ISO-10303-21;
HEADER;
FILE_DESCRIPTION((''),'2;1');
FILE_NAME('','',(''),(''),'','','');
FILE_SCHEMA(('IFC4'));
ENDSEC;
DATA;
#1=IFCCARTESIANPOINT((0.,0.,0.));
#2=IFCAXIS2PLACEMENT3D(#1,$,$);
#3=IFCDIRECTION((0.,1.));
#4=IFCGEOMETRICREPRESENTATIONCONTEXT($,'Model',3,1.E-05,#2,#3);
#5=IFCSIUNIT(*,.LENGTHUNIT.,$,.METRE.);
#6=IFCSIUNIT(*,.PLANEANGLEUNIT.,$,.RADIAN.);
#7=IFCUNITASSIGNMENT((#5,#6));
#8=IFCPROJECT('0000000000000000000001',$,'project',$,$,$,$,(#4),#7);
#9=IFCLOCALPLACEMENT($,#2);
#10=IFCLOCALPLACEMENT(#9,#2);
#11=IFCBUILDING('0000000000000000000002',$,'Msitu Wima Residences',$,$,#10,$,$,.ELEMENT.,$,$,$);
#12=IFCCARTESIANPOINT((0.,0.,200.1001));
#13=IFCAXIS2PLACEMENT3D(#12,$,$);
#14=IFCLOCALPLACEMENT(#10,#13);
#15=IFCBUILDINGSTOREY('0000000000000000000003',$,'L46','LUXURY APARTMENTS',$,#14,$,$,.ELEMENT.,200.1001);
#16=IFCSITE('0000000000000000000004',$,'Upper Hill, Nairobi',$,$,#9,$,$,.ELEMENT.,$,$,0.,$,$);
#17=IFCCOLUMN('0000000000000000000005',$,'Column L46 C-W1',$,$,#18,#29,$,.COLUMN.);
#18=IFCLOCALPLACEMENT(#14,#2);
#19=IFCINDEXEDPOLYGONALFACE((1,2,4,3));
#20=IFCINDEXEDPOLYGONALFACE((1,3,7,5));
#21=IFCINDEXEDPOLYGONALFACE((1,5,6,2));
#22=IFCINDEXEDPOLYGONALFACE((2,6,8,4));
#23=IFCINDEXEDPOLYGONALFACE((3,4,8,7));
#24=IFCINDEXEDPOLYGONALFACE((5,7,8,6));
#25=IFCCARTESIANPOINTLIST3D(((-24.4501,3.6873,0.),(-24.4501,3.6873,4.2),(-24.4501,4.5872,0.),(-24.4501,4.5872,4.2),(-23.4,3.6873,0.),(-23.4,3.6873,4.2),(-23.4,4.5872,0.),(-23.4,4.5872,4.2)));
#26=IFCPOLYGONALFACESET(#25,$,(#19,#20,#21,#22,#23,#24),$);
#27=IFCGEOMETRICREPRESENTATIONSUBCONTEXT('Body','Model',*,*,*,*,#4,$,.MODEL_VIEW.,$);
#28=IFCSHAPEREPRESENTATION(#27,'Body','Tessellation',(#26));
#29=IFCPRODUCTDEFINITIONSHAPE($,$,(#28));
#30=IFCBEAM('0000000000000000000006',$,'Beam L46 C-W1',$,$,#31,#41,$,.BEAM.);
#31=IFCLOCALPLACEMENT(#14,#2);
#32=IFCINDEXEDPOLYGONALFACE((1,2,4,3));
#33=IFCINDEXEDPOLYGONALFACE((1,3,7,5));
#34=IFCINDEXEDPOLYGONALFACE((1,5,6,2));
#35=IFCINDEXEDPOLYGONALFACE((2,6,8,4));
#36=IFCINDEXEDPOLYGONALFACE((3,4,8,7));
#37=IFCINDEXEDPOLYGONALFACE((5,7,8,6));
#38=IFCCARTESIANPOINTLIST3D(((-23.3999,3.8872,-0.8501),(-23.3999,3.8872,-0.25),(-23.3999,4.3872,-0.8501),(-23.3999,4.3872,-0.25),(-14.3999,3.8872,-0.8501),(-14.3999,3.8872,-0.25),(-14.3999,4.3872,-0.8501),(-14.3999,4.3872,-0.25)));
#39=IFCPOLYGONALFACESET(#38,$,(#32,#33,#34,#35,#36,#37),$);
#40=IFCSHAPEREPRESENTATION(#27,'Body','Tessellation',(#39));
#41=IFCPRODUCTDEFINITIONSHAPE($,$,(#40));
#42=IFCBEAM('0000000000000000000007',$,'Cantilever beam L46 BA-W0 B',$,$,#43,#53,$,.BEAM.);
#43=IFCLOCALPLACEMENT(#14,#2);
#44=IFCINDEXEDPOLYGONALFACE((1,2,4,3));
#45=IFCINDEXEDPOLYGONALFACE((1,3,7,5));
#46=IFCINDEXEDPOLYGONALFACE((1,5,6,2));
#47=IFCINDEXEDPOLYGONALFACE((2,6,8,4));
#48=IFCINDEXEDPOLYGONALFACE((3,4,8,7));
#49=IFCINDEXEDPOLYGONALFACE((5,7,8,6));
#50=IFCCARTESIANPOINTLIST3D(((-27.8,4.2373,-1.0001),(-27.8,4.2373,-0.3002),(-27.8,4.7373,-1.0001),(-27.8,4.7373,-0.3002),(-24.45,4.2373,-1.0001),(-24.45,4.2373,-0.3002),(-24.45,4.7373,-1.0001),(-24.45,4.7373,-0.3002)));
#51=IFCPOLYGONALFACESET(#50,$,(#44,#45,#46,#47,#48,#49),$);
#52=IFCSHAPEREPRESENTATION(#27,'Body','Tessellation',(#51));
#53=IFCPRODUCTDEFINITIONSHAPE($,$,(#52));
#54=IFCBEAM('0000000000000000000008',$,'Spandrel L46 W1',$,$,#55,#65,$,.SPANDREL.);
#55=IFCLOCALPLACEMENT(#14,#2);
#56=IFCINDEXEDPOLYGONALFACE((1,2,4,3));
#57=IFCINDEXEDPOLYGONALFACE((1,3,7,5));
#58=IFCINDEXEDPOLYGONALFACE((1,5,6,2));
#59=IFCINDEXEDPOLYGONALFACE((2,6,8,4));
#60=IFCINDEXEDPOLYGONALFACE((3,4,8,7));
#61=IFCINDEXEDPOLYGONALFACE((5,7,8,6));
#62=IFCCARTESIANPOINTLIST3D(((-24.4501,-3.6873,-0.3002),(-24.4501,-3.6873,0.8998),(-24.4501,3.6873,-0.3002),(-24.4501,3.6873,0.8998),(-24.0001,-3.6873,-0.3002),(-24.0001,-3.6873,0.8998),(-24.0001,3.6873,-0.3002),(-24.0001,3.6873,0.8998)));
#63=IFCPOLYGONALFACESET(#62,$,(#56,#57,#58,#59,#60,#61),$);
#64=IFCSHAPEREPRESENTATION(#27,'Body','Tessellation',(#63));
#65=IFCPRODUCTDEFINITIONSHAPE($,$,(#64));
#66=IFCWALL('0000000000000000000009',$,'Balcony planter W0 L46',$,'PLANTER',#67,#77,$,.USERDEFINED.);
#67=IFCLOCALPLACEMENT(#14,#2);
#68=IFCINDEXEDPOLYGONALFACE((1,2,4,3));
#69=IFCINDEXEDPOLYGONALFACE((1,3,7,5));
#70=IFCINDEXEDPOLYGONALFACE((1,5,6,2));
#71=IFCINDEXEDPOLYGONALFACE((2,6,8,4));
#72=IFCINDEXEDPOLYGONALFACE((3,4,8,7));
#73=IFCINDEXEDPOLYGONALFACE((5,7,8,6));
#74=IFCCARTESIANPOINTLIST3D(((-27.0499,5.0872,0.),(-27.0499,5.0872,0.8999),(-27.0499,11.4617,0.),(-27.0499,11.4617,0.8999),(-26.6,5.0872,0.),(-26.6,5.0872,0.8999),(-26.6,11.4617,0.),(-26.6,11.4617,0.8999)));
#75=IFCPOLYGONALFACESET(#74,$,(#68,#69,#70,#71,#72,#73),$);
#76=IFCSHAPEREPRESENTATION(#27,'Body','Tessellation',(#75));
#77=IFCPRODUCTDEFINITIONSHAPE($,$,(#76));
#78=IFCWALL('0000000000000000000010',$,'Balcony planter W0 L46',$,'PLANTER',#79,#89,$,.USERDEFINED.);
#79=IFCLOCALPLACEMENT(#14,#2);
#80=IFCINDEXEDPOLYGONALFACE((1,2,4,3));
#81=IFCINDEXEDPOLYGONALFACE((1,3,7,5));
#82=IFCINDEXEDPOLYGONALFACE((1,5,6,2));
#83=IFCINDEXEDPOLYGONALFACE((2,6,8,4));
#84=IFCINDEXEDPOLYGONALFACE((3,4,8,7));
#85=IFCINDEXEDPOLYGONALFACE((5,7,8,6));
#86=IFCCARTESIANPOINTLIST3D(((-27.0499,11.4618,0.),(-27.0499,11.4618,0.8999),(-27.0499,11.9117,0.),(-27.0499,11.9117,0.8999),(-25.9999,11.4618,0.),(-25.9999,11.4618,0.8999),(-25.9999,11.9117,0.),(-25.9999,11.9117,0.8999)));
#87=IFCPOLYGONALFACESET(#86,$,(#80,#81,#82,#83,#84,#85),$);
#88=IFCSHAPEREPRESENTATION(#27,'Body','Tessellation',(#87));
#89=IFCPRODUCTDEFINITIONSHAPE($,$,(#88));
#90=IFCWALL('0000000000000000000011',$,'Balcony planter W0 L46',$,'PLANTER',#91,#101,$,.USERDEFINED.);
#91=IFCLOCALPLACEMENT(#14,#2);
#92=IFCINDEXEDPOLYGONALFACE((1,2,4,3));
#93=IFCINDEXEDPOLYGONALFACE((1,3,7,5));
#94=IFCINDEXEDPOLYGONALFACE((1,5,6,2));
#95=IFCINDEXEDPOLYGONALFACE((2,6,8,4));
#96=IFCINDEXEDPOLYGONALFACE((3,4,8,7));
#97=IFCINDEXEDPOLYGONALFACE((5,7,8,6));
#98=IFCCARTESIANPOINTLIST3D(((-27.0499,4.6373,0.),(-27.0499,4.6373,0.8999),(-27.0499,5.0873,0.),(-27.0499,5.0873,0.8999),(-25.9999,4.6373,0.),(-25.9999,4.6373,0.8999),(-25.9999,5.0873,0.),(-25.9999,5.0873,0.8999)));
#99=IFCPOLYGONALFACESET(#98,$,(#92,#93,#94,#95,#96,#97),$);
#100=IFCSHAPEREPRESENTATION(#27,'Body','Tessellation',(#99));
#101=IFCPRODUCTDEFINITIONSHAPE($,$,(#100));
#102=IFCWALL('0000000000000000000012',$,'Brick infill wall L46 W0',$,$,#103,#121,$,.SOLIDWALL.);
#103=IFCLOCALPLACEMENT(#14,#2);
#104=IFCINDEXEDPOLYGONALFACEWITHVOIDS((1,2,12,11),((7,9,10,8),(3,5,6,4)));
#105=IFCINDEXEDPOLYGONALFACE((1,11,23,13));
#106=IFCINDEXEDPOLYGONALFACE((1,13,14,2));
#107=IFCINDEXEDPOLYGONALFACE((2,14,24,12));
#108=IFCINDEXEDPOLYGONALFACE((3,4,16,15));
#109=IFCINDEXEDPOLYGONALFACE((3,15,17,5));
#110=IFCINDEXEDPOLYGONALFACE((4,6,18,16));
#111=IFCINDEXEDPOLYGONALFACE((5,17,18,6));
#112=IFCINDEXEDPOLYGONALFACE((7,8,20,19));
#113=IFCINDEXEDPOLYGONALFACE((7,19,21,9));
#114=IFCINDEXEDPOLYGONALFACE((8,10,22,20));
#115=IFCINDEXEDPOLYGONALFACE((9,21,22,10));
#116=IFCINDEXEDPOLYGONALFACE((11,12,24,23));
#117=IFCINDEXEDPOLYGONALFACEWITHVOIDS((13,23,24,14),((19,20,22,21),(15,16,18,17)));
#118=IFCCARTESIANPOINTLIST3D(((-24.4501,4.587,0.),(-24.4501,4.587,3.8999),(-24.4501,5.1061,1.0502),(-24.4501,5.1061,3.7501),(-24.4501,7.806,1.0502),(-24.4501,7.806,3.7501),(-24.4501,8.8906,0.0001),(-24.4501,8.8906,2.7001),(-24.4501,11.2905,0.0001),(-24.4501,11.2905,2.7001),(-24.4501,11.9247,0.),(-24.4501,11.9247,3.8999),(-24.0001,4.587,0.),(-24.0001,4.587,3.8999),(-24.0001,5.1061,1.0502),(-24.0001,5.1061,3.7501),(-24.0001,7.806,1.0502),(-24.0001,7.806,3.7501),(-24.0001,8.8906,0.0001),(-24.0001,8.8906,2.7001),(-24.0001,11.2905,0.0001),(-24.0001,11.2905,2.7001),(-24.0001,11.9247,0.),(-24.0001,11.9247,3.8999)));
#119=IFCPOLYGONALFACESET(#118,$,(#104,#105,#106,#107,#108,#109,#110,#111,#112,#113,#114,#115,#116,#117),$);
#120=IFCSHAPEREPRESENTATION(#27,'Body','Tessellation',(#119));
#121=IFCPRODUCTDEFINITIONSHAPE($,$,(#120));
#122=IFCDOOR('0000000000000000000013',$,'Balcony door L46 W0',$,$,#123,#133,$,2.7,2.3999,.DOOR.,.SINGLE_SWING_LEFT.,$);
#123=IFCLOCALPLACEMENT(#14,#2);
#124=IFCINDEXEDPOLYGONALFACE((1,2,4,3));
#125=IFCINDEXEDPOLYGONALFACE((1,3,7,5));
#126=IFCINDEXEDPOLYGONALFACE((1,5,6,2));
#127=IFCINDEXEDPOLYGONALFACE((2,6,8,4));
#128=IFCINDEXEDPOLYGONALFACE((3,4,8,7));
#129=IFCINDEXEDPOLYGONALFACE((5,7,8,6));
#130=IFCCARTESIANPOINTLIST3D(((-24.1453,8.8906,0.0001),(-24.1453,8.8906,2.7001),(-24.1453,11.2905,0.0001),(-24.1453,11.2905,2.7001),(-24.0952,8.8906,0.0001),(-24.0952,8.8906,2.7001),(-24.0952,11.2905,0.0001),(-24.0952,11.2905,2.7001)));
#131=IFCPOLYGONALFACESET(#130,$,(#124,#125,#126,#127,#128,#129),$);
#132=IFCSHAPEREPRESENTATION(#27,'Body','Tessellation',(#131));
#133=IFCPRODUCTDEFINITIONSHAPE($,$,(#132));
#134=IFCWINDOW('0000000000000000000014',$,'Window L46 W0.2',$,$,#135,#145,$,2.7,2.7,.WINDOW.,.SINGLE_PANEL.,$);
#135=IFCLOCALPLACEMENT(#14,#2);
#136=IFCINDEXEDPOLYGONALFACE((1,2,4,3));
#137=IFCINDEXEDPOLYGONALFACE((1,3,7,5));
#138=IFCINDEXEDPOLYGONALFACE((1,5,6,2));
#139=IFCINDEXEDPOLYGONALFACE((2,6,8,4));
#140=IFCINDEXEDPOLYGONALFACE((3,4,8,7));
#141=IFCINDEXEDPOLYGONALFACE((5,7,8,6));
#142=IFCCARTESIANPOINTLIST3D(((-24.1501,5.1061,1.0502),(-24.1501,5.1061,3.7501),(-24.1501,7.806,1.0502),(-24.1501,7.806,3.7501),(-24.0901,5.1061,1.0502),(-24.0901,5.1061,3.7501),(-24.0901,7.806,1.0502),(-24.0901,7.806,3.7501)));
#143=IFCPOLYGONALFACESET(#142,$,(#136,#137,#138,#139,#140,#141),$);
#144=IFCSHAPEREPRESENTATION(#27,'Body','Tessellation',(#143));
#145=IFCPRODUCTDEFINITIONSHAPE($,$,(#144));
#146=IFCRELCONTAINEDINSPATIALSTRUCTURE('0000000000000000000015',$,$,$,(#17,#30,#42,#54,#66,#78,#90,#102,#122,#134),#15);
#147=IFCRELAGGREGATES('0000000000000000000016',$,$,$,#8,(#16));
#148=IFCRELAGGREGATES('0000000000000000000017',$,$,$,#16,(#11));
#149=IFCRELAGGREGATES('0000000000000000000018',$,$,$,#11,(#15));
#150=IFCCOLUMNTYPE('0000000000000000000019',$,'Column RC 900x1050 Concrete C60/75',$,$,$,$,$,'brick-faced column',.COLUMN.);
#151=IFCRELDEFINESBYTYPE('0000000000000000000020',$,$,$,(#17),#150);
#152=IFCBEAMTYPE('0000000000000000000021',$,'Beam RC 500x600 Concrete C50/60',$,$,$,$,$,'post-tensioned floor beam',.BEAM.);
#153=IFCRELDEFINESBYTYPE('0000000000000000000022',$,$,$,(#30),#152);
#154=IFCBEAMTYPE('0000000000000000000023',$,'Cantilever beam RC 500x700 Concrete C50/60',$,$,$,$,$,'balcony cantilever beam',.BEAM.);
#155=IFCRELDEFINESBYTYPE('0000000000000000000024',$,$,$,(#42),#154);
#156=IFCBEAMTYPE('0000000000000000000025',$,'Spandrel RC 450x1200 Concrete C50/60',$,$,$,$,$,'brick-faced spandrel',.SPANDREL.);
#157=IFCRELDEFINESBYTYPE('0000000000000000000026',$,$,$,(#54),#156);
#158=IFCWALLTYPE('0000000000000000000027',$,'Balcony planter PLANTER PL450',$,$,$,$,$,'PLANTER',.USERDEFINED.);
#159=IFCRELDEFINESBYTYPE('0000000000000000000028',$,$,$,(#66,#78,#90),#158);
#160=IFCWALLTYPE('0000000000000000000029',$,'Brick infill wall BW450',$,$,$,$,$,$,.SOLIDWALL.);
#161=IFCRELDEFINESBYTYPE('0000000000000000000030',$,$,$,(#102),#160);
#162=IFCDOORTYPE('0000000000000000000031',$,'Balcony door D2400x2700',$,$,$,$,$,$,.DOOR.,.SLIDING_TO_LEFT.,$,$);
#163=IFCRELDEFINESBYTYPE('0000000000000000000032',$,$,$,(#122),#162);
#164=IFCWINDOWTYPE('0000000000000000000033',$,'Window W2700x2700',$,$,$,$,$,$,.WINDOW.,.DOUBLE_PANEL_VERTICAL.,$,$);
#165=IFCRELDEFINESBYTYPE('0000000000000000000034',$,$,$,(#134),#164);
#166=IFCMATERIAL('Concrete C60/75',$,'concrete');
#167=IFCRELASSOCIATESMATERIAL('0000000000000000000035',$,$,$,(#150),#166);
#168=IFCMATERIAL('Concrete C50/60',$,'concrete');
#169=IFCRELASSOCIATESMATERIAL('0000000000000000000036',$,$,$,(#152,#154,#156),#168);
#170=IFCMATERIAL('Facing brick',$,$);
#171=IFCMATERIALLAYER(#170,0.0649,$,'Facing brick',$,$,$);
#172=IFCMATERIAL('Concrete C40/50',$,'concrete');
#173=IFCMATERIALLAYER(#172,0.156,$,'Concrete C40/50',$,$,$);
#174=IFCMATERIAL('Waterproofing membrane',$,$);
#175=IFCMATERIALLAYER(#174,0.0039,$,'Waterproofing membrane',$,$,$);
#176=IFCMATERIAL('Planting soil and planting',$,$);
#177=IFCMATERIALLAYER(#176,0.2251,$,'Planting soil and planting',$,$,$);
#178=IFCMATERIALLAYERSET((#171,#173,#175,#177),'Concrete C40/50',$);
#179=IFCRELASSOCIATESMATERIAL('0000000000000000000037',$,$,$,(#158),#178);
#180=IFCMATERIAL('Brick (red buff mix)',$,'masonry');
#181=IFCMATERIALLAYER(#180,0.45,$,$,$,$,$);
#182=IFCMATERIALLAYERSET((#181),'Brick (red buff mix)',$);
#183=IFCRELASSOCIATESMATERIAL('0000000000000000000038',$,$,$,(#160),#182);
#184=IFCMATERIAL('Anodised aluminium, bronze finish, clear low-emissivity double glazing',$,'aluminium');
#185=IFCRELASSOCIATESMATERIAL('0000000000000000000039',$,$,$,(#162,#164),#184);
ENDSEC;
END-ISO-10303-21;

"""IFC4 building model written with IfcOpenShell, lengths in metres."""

from ifc_helpers import new_model, si_unit, direction, frame, frame_2d, origin, origin_2d, place, context, subcontext, project, spatial, rectangle, extrude, material, layer, layer_set, material_profile, profile_set, type_object, element, fill, save


model = new_model("IFC4")

# Units and contexts
model_context = context("Model", 3, precision=1e-05, world=origin(), true_north=direction((0.0, 1.0)))
body_context = subcontext(model_context, "Body", "Model", "MODEL_VIEW")
ifc_project = project(units=[si_unit("LENGTHUNIT", "METRE"), si_unit("PLANEANGLEUNIT", "RADIAN")], contexts=[model_context])

# Site, building, storey
site_placement = place(None, origin())
site = spatial("IfcSite", under=ifc_project, at=site_placement, Name="Upper Hill, Nairobi", CompositionType="ELEMENT", RefElevation=0.0)
building_placement = place(site_placement, origin())
building = spatial("IfcBuilding", under=site, at=building_placement, Name="Msitu Wima Residences", CompositionType="ELEMENT")
storey_placement = place(building_placement, frame((0.0, 0.0, 200.1001)))
storey = spatial("IfcBuildingStorey", under=building, at=storey_placement, Name="L46", Description="LUXURY APARTMENTS", CompositionType="ELEMENT", Elevation=200.1001)

# Column
ifc_material_1 = material(Name="Concrete C60/75", Category="concrete")
ifc_material_profile_1 = material_profile(ifc_material_1, rectangle(XDim=0.8999, YDim=1.05, at=origin_2d()), Name="RC 900x1050")
ifc_profile_set_1 = profile_set([ifc_material_profile_1], Name="Concrete C60/75")
column_type = type_object("IfcColumnType", Name="Column RC 900x1050 Concrete C60/75", ElementType="brick-faced column", PredefinedType="COLUMN", material=ifc_profile_set_1)
column_placement = place(storey_placement, frame((-23.925, 4.1372, 0.0), z_axis=(0.0, 0.0, 1.0), x_axis=(0.0, -1.0, 0.0)))
element("IfcColumn", 1, at=column_placement, inside=storey, type_object=column_type, Name="Column L46 C-W1", PredefinedType="COLUMN", context=body_context, shape_type="SweptSolid", body=[
    extrude(rectangle(XDim=0.8999, YDim=1.05, at=origin_2d()), origin(), (0.0, 0.0, 1.0), 4.2),
])

# Beams
ifc_material_2 = material(Name="Concrete C50/60", Category="concrete")
ifc_material_profile_2 = material_profile(ifc_material_2, rectangle(XDim=0.5, YDim=0.6001, at=origin_2d()), Name="RC 500x600")
ifc_profile_set_2 = profile_set([ifc_material_profile_2], Name="Concrete C50/60")
beam_type_1 = type_object("IfcBeamType", Name="Beam RC 500x600 Concrete C50/60", ElementType="post-tensioned floor beam", PredefinedType="BEAM", material=ifc_profile_set_2)
beam_1_placement = place(storey_placement, frame((-23.3999, 4.1372, -0.55), z_axis=(1.0, 0.0, 0.0), x_axis=(0.0, 1.0, 0.0)))
element("IfcBeam", 2, at=beam_1_placement, inside=storey, type_object=beam_type_1, Name="Beam L46 C-W1", PredefinedType="BEAM", context=body_context, shape_type="SweptSolid", body=[
    extrude(rectangle(XDim=0.5, YDim=0.6001, at=origin_2d()), origin(), (0.0, 0.0, 1.0), 9.0),
])
ifc_material_profile_3 = material_profile(ifc_material_2, rectangle(XDim=0.5, YDim=0.7, at=origin_2d()), Name="RC 500x700")
ifc_profile_set_3 = profile_set([ifc_material_profile_3], Name="Concrete C50/60")
beam_type_2 = type_object("IfcBeamType", Name="Cantilever beam RC 500x700 Concrete C50/60", ElementType="balcony cantilever beam", PredefinedType="BEAM", material=ifc_profile_set_3)
beam_2_placement = place(storey_placement, frame((-24.45, 4.4873, -0.6501), z_axis=(-1.0, 0.0, 0.0), x_axis=(0.0, -1.0, 0.0)))
element("IfcBeam", 3, at=beam_2_placement, inside=storey, type_object=beam_type_2, Name="Cantilever beam L46 BA-W0 B", PredefinedType="BEAM", context=body_context, shape_type="SweptSolid", body=[
    extrude(rectangle(XDim=0.5, YDim=0.7, at=origin_2d()), origin(), (0.0, 0.0, 1.0), 3.3501),
])
ifc_material_profile_4 = material_profile(ifc_material_2, rectangle(XDim=0.45, YDim=1.2, at=origin_2d()), Name="RC 450x1200")
ifc_profile_set_4 = profile_set([ifc_material_profile_4], Name="Concrete C50/60")
beam_type_3 = type_object("IfcBeamType", Name="Spandrel RC 450x1200 Concrete C50/60", ElementType="brick-faced spandrel", PredefinedType="SPANDREL", material=ifc_profile_set_4)
beam_3_placement = place(storey_placement, frame((-24.2251, 3.6873, 0.2998), z_axis=(0.0, -1.0, 0.0), x_axis=(1.0, 0.0, 0.0)))
element("IfcBeam", 4, at=beam_3_placement, inside=storey, type_object=beam_type_3, Name="Spandrel L46 W1", PredefinedType="SPANDREL", context=body_context, shape_type="SweptSolid", body=[
    extrude(rectangle(XDim=0.45, YDim=1.2, at=origin_2d()), origin(), (0.0, 0.0, 1.0), 7.3745),
])

# Walls
ifc_material_3 = material(Name="Facing brick")
ifc_layer_1 = layer(ifc_material_3, 0.0649, Name="Facing brick")
ifc_material_4 = material(Name="Concrete C40/50", Category="concrete")
ifc_layer_2 = layer(ifc_material_4, 0.156, Name="Concrete C40/50")
ifc_material_5 = material(Name="Waterproofing membrane")
ifc_layer_3 = layer(ifc_material_5, 0.0039, Name="Waterproofing membrane")
ifc_material_6 = material(Name="Planting soil and planting")
ifc_layer_4 = layer(ifc_material_6, 0.2251, Name="Planting soil and planting")
ifc_layer_set_1 = layer_set([ifc_layer_1, ifc_layer_2, ifc_layer_3, ifc_layer_4], Name="Concrete C40/50")
wall_type_1 = type_object("IfcWallType", Name="Balcony planter PLANTER PL450", ElementType="PLANTER", PredefinedType="USERDEFINED", material=ifc_layer_set_1)
wall_1_placement = place(storey_placement, frame((-26.825, 11.4617, 0.0), z_axis=(0.0, 0.0, 1.0), x_axis=(0.0, -1.0, 0.0)))
element("IfcWall", 5, at=wall_1_placement, inside=storey, type_object=wall_type_1, Name="Balcony planter W0 L46", ObjectType="PLANTER", PredefinedType="USERDEFINED", context=body_context, shape_type="SweptSolid", body=[
    extrude(rectangle(XDim=6.3745, YDim=0.45, at=frame_2d((3.1873, 0.0))), origin(), (0.0, 0.0, 1.0), 0.8999),
])
for number, where, z_axis, x_axis, name in (
    (6, (-26.0, 11.6868, 0.0), (0.0, 0.0, 1.0), (-1.0, 0.0, 0.0), "Balcony planter W0 L46"),
    (7, (-26.0, 4.8623, 0.0), (0.0, 0.0, 1.0), (-1.0, 0.0, 0.0), "Balcony planter W0 L46"),
):
    element("IfcWall", number, at=place(storey_placement, frame(where, z_axis=z_axis, x_axis=x_axis)), inside=storey, type_object=wall_type_1, Name=name, ObjectType="PLANTER", PredefinedType="USERDEFINED", context=body_context, shape_type="SweptSolid", body=[
        extrude(rectangle(XDim=1.05, YDim=0.45, at=frame_2d((0.5249, 0.0))), origin(), (0.0, 0.0, 1.0), 0.8999),
    ])

# Wall, openings, door, window
ifc_material_7 = material(Name="Brick (red buff mix)", Category="masonry")
ifc_layer_5 = layer(ifc_material_7, 0.45)
ifc_layer_set_2 = layer_set([ifc_layer_5], Name="Brick (red buff mix)")
wall_type_2 = type_object("IfcWallType", Name="Brick infill wall BW450", PredefinedType="SOLIDWALL", material=ifc_layer_set_2)
wall_2_placement = place(storey_placement, frame((-24.2251, 11.9248, 0.0), z_axis=(0.0, 0.0, 1.0), x_axis=(0.0, -1.0, 0.0)))
wall_2 = element("IfcWall", 8, at=wall_2_placement, inside=storey, type_object=wall_type_2, Name="Brick infill wall L46 W0", PredefinedType="SOLIDWALL", context=body_context, shape_type="SweptSolid", body=[
    extrude(rectangle(XDim=7.3376, YDim=0.45, at=frame_2d((3.6689, 0.0))), origin(), (0.0, 0.0, 1.0), 3.8999),
])
opening_1_placement = place(wall_2_placement, frame((0.6343, 0.0, 0.0)))
opening_1 = element("IfcOpeningElement", 9, at=opening_1_placement, cuts=wall_2, PredefinedType="OPENING", context=body_context, shape_type="SweptSolid", body=[
    extrude(rectangle(XDim=2.3999, YDim=2.7, at=frame_2d((1.2, 1.3501))), frame((0.0, 0.2349, 0.0), z_axis=(0.0, -1.0, 0.0), x_axis=(1.0, 0.0, 0.0)), (0.0, 0.0, 1.0), 0.47),
])
opening_2_placement = place(wall_2_placement, frame((4.1187, 0.0, 1.05)))
opening_2 = element("IfcOpeningElement", 10, at=opening_2_placement, cuts=wall_2, PredefinedType="OPENING", context=body_context, shape_type="SweptSolid", body=[
    extrude(rectangle(XDim=2.7, YDim=2.7, at=frame_2d((1.3501, 1.3501))), frame((0.0, 0.2349, 0.0), z_axis=(0.0, -1.0, 0.0), x_axis=(1.0, 0.0, 0.0)), (0.0, 0.0, 1.0), 0.47),
])
ifc_material_8 = material(Name="Anodised aluminium, bronze finish, clear low-emissivity double glazing", Category="aluminium")
door_type_1 = type_object("IfcDoorType", Name="Balcony door D2400x2700", OperationType="SLIDING_TO_LEFT", PredefinedType="DOOR", material=ifc_material_8)
door_1_placement = place(opening_1_placement, origin())
door_1 = element("IfcDoor", 11, at=door_1_placement, inside=storey, type_object=door_type_1, Name="Balcony door L46 W0", OperationType="SINGLE_SWING_LEFT", OverallHeight=2.7, OverallWidth=2.3999, PredefinedType="DOOR", context=body_context, shape_type="SweptSolid", body=[
    extrude(rectangle(XDim=2.3999, YDim=2.7, at=frame_2d((1.2, 1.3501))), frame((0.0, 0.1299, 0.0), z_axis=(0.0, -1.0, 0.0), x_axis=(1.0, 0.0, 0.0)), (0.0, 0.0, 1.0), 0.05),
])
fill(opening_1, door_1)
window_type = type_object("IfcWindowType", Name="Window W2700x2700", PartitioningType="DOUBLE_PANEL_VERTICAL", PredefinedType="WINDOW", material=ifc_material_8)
window_1_placement = place(opening_2_placement, origin())
window_1 = element("IfcWindow", 12, at=window_1_placement, inside=storey, type_object=window_type, Name="Window L46 W0.2", OverallHeight=2.7, OverallWidth=2.7, PartitioningType="SINGLE_PANEL", PredefinedType="WINDOW", context=body_context, shape_type="SweptSolid", body=[
    extrude(rectangle(XDim=2.7, YDim=2.7, at=frame_2d((1.3501, 1.3501))), frame((0.0, 0.135, 0.0), z_axis=(0.0, -1.0, 0.0), x_axis=(1.0, 0.0, 0.0)), (0.0, 0.0, 1.0), 0.0601),
])
fill(opening_2, window_1)

save(model, "model.ifc")
